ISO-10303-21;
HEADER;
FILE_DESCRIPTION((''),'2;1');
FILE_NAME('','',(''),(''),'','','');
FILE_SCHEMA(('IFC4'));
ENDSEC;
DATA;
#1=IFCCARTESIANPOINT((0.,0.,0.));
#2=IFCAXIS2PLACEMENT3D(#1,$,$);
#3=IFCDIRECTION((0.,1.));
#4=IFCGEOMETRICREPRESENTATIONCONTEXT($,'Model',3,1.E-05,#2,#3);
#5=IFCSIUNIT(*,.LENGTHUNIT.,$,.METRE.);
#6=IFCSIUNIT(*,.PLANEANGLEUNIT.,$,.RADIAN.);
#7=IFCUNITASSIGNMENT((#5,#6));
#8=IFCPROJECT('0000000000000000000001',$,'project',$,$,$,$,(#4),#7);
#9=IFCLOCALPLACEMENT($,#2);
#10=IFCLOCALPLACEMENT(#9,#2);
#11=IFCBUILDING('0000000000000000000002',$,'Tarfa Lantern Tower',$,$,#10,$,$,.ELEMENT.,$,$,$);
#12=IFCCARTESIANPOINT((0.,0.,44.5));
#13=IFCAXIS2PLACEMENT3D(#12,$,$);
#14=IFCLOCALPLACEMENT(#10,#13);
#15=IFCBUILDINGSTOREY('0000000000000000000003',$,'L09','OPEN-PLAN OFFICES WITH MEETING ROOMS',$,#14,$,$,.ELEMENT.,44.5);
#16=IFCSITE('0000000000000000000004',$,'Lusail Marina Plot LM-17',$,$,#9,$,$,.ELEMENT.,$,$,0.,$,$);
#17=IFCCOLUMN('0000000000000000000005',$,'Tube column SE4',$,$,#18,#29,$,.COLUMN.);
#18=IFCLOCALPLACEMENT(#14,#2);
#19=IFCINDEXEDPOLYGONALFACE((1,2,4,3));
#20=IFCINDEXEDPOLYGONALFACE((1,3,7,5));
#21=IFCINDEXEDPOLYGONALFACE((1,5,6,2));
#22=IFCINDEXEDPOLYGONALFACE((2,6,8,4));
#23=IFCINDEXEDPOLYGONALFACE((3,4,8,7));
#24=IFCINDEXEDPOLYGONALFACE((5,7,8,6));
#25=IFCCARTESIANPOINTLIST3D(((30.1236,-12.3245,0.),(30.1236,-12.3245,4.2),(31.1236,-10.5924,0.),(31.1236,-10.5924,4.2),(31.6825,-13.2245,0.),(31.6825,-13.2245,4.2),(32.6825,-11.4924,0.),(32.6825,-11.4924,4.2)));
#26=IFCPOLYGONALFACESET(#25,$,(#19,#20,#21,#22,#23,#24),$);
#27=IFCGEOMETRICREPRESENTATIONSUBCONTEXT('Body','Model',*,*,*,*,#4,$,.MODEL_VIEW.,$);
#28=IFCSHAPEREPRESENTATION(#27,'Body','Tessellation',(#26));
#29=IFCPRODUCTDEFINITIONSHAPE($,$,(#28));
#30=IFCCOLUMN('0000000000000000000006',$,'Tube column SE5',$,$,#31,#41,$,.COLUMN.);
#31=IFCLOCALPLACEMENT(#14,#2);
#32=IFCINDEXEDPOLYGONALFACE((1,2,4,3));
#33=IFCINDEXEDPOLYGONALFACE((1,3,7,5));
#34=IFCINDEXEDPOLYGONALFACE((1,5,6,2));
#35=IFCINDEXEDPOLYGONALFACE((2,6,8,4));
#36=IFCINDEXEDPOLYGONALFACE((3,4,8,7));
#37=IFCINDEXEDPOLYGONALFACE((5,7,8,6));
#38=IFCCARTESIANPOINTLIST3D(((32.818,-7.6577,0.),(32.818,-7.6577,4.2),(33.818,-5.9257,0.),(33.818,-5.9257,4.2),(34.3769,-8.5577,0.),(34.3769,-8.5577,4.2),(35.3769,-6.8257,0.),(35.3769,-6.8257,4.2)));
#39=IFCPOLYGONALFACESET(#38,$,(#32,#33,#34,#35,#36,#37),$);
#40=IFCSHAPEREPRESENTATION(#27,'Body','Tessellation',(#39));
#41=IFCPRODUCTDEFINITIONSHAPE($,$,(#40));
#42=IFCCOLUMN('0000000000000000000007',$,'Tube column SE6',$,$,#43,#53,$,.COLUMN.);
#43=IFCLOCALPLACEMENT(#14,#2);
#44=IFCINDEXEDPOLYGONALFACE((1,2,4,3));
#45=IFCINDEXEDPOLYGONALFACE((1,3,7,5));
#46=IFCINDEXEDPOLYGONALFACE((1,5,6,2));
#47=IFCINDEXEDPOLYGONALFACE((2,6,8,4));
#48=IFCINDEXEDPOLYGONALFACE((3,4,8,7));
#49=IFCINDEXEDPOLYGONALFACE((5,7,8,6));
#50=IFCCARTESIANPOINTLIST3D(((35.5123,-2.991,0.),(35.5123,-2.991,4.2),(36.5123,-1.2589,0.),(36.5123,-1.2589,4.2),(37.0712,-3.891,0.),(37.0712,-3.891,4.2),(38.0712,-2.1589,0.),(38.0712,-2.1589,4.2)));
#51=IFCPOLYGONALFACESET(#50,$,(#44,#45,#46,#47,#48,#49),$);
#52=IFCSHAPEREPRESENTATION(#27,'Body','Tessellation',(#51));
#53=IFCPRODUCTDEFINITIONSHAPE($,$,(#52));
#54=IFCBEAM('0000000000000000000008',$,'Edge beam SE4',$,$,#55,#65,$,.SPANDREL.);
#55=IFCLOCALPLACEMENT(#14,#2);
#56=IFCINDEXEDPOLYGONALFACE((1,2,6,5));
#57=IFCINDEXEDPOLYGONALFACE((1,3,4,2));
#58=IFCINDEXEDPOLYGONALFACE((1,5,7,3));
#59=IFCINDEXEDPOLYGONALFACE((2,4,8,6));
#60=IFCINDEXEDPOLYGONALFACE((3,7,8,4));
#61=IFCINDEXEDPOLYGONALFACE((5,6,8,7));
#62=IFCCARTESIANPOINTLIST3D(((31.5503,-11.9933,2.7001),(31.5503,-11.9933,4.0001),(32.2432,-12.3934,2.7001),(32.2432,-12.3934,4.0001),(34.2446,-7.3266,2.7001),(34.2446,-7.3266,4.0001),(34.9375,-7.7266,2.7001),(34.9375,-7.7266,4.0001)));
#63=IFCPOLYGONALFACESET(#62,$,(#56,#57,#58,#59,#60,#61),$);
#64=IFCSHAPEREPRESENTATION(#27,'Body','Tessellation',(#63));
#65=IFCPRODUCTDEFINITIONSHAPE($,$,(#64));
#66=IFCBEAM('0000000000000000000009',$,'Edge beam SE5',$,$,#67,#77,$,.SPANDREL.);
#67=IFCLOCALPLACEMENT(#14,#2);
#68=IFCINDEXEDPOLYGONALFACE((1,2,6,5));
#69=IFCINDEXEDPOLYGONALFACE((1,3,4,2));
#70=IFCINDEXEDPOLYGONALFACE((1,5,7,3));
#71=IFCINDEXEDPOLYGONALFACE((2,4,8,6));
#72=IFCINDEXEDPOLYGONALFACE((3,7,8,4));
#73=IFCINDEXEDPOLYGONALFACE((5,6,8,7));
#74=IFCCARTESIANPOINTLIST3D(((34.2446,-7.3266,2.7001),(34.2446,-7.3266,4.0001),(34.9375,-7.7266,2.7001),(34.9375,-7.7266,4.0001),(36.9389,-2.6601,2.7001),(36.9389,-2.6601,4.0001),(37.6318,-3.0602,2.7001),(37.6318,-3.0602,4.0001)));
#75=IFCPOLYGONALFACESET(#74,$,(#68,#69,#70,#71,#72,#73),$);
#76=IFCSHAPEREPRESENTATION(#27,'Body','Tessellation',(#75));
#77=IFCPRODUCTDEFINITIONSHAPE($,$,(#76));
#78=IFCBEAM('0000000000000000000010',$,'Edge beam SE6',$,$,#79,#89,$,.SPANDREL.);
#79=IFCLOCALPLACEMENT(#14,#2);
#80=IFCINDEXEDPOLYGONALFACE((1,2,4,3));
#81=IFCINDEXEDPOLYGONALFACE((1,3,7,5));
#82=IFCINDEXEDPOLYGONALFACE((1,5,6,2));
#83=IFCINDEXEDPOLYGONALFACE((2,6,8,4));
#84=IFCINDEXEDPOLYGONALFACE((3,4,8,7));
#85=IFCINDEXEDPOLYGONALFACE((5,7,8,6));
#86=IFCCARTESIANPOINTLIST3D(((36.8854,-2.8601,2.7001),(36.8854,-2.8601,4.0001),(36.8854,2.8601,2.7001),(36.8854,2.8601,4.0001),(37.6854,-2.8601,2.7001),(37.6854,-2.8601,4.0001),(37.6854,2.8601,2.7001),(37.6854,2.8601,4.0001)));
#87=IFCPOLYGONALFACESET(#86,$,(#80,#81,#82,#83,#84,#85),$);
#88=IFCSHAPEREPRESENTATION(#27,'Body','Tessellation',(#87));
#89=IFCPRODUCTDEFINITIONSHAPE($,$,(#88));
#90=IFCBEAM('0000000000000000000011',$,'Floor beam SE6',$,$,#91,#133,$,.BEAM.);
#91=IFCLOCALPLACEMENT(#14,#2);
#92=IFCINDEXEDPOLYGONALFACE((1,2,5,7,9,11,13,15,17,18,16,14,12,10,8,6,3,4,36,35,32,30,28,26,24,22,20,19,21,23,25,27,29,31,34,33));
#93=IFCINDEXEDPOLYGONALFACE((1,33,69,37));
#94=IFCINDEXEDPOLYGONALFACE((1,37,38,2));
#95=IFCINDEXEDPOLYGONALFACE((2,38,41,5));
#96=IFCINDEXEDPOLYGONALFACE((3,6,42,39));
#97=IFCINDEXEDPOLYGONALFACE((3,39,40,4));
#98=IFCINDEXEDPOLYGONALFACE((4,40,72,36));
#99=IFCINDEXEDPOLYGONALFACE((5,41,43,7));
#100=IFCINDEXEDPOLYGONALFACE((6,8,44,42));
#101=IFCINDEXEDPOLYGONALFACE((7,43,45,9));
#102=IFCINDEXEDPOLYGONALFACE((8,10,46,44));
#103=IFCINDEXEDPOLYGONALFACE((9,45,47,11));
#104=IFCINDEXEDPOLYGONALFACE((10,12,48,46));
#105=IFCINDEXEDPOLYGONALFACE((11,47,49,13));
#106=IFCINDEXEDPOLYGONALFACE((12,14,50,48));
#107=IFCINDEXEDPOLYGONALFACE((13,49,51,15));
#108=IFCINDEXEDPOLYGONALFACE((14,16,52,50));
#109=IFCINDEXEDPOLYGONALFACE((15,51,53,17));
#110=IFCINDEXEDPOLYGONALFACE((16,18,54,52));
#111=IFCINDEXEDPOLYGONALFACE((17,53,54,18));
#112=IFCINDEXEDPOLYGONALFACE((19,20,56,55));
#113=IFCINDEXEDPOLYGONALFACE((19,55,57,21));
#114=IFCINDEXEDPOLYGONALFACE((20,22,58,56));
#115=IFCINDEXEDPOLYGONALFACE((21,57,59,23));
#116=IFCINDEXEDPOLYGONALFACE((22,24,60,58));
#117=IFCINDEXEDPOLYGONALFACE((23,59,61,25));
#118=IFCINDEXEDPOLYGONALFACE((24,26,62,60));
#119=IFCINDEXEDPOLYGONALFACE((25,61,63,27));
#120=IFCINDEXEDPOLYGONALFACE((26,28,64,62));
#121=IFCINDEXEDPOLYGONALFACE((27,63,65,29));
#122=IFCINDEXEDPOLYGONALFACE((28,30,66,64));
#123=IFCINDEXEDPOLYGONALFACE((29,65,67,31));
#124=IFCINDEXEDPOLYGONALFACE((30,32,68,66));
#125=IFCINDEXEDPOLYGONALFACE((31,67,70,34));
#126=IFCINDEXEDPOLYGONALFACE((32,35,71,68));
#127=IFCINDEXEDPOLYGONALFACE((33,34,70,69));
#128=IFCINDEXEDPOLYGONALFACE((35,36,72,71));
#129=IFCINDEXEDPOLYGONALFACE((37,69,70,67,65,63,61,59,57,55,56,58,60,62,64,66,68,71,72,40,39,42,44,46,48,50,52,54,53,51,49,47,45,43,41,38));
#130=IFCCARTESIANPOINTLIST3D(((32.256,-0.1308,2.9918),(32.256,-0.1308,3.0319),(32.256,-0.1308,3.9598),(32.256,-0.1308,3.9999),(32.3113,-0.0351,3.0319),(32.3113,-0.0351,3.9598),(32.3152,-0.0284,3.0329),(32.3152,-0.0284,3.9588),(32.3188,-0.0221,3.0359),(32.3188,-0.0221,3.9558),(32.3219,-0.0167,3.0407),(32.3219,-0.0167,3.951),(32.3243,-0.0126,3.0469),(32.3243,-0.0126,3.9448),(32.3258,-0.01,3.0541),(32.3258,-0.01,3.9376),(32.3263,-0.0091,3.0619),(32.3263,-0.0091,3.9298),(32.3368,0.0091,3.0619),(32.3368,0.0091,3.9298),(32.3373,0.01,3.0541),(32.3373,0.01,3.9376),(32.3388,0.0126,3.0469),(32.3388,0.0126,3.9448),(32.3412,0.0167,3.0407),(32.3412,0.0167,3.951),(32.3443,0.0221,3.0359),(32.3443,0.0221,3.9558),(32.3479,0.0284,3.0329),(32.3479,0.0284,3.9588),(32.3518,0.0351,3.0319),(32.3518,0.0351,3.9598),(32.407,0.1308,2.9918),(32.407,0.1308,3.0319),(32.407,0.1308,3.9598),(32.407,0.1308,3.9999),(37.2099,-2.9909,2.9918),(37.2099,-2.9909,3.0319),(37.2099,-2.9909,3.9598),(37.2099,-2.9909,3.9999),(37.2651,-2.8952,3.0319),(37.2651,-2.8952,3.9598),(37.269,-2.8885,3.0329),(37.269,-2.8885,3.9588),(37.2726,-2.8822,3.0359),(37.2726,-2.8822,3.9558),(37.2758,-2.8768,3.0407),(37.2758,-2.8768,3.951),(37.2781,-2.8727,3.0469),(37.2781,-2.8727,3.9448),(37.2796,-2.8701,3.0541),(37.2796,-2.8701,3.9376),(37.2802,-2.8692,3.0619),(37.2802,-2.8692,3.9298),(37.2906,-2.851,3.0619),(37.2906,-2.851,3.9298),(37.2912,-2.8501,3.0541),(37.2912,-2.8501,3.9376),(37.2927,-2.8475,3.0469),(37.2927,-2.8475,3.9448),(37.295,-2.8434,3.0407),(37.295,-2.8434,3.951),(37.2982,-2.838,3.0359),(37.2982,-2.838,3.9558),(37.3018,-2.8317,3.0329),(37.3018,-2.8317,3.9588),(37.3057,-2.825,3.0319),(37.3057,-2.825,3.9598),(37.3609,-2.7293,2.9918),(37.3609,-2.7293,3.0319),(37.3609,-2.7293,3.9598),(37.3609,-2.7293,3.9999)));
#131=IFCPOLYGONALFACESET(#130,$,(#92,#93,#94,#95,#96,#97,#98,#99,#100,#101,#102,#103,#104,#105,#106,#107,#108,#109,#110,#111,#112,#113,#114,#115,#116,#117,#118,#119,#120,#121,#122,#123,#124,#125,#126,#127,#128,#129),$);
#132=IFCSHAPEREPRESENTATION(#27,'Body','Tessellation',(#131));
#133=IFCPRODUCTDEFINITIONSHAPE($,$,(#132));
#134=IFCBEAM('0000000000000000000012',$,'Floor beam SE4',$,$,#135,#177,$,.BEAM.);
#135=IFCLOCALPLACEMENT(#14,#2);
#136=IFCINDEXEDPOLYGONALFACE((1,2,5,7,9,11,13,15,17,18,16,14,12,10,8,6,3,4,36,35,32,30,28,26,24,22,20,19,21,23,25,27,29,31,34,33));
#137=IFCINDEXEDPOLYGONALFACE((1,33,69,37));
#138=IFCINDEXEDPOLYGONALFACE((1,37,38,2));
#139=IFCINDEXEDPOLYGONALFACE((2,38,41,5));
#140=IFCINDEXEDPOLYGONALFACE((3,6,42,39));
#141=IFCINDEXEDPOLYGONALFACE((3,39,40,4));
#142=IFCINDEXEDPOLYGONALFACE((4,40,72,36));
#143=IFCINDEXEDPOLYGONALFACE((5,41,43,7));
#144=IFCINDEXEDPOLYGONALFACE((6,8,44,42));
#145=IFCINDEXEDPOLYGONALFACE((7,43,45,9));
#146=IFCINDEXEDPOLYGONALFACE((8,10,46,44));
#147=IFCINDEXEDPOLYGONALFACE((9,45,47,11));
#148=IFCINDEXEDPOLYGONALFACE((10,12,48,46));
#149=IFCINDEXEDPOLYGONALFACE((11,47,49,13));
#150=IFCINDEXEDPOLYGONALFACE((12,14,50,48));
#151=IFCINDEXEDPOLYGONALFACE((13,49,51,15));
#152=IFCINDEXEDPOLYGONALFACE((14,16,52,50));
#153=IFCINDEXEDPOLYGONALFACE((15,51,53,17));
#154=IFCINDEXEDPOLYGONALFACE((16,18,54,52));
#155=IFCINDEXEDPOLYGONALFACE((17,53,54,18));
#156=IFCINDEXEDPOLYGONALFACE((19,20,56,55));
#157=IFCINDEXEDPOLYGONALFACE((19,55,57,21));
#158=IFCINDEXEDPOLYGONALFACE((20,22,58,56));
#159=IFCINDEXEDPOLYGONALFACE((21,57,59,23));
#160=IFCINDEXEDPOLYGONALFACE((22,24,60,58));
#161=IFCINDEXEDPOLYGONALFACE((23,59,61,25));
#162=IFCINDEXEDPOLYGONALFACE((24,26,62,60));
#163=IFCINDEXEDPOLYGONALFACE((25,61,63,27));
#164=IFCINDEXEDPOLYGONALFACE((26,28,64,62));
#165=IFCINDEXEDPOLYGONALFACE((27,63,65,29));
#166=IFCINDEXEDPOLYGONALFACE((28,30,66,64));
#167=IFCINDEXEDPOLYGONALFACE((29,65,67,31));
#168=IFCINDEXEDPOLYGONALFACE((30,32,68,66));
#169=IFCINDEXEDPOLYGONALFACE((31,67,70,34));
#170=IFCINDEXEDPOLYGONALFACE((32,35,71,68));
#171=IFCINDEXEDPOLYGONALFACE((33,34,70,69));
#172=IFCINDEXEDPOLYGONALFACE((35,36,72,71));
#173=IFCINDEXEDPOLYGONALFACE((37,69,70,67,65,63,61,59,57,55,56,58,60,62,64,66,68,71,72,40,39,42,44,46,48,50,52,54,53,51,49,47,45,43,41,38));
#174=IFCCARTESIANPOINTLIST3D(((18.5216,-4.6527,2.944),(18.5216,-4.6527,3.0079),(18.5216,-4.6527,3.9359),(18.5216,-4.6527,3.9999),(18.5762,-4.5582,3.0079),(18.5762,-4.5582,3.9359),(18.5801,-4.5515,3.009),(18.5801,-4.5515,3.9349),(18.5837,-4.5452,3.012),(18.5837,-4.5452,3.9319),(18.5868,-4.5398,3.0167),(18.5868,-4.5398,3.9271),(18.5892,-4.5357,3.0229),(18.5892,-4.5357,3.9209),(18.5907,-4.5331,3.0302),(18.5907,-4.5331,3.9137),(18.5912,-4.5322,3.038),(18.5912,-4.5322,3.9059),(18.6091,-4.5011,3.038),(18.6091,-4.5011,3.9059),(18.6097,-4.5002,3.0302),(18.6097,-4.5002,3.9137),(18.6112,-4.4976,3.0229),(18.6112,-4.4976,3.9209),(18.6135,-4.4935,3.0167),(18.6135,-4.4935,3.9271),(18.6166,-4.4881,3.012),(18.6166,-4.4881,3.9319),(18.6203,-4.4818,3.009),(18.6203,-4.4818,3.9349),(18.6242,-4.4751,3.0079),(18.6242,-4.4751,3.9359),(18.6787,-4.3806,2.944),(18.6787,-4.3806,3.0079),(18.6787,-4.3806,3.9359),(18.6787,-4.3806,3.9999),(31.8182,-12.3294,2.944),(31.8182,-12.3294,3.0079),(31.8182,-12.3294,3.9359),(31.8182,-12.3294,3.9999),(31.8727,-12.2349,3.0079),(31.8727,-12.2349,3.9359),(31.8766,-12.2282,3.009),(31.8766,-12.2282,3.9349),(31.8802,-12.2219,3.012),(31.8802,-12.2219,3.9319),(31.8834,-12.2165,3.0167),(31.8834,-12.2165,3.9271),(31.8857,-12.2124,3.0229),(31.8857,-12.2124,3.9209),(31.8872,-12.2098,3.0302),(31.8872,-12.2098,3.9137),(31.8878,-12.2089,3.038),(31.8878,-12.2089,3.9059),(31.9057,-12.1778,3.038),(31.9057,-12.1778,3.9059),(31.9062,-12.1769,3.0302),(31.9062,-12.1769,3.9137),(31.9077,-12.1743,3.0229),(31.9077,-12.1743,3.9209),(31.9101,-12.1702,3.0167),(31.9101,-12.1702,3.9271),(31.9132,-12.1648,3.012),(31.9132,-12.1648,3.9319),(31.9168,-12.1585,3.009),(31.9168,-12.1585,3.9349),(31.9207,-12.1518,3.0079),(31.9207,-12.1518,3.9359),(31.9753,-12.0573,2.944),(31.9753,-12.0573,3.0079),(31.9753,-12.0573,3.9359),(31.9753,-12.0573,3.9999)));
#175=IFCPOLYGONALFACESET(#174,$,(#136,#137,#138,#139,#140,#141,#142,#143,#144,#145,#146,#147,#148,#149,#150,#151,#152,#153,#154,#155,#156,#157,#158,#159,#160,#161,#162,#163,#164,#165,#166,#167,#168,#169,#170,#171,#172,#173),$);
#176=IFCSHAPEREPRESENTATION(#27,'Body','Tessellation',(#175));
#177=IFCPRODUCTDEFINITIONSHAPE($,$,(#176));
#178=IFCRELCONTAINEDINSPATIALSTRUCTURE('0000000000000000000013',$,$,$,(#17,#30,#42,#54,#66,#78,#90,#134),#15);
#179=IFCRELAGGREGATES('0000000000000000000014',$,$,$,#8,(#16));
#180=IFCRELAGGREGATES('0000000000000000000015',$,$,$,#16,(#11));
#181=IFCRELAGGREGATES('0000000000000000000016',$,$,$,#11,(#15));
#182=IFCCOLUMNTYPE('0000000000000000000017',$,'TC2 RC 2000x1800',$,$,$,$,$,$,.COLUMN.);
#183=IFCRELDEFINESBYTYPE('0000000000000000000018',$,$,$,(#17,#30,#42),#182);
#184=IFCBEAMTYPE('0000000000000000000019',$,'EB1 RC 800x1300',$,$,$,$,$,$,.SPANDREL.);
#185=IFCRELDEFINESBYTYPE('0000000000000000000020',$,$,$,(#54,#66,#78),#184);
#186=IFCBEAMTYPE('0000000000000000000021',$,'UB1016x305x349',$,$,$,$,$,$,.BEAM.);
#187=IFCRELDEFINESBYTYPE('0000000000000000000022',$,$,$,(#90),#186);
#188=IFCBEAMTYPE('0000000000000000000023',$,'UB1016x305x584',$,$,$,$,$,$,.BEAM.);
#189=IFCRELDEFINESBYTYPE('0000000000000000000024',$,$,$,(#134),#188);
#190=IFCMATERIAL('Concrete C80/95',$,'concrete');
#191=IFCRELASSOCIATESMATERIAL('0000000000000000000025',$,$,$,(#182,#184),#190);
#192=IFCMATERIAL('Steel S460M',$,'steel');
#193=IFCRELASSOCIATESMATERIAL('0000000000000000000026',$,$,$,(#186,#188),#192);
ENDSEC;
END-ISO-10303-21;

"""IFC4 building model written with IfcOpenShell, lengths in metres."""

from ifc_helpers import new_model, si_unit, direction, frame, origin, origin_2d, place, context, subcontext, project, spatial, rectangle, i_section, extrude, material, material_profile, profile_set, type_object, element, save


model = new_model("IFC4")

# Units and contexts
model_context = context("Model", 3, precision=1e-05, world=origin(), true_north=direction((0.0, 1.0)))
body_context = subcontext(model_context, "Body", "Model", "MODEL_VIEW")
ifc_project = project(units=[si_unit("LENGTHUNIT", "METRE"), si_unit("PLANEANGLEUNIT", "RADIAN")], contexts=[model_context])

# Site, building, storey
site_placement = place(None, origin())
site = spatial("IfcSite", under=ifc_project, at=site_placement, Name="Lusail Marina Plot LM-17", CompositionType="ELEMENT", RefElevation=0.0)
building_placement = place(site_placement, origin())
building = spatial("IfcBuilding", under=site, at=building_placement, Name="Tarfa Lantern Tower", CompositionType="ELEMENT")
storey_placement = place(building_placement, frame((0.0, 0.0, 44.5)))
storey = spatial("IfcBuildingStorey", under=building, at=storey_placement, Name="L09", Description="OPEN-PLAN OFFICES WITH MEETING ROOMS", CompositionType="ELEMENT", Elevation=44.5)

# Columns
ifc_material_1 = material(Name="Concrete C80/95", Category="concrete")
ifc_material_profile_1 = material_profile(ifc_material_1, rectangle(XDim=2.0, YDim=1.8, at=origin_2d()), Name="RC 2000x1800")
ifc_profile_set_1 = profile_set([ifc_material_profile_1], Name="Concrete C80/95")
column_type = type_object("IfcColumnType", Name="TC2 RC 2000x1800", PredefinedType="COLUMN", material=ifc_profile_set_1)
for number, where, z_axis, x_axis, name in (
    (1, (31.4031, -11.9084, 0.0), (0.0, 0.0, 1.0), (0.5, 0.866025, 0.0), "Tube column SE4"),
    (2, (34.0974, -7.2417, 0.0), (0.0, 0.0, 1.0), (0.5, 0.866025, 0.0), "Tube column SE5"),
    (3, (36.7917, -2.575, 0.0), (0.0, 0.0, 1.0), (0.5, 0.866025, 0.0), "Tube column SE6"),
):
    element("IfcColumn", number, at=place(storey_placement, frame(where, z_axis=z_axis, x_axis=x_axis)), inside=storey, type_object=column_type, Name=name, PredefinedType="COLUMN", context=body_context, shape_type="SweptSolid", body=[
        extrude(rectangle(XDim=2.0, YDim=1.8, at=origin_2d()), origin(), (0.0, 0.0, 1.0), 4.2),
    ])

# Beams
ifc_material_profile_2 = material_profile(ifc_material_1, rectangle(XDim=0.8, YDim=1.3, at=origin_2d()), Name="RC 800x1300")
ifc_profile_set_2 = profile_set([ifc_material_profile_2], Name="Concrete C80/95")
beam_type_1 = type_object("IfcBeamType", Name="EB1 RC 800x1300", PredefinedType="SPANDREL", material=ifc_profile_set_2)
beam_1_placement = place(storey_placement, frame((31.8967, -12.1934, 3.3501), z_axis=(0.499998, 0.866026, 0.0), x_axis=(-0.866026, 0.499998, 0.0)))
element("IfcBeam", 4, at=beam_1_placement, inside=storey, type_object=beam_type_1, Name="Edge beam SE4", PredefinedType="SPANDREL", context=body_context, shape_type="SweptSolid", body=[
    extrude(rectangle(XDim=0.8, YDim=1.3, at=origin_2d()), origin(), (0.0, 0.0, 1.0), 5.3887),
])
beam_2_placement = place(storey_placement, frame((34.5911, -7.5266, 3.3501), z_axis=(0.500018, 0.866015, 0.0), x_axis=(-0.866015, 0.500018, 0.0)))
element("IfcBeam", 5, at=beam_2_placement, inside=storey, type_object=beam_type_1, Name="Edge beam SE5", PredefinedType="SPANDREL", context=body_context, shape_type="SweptSolid", body=[
    extrude(rectangle(XDim=0.8, YDim=1.3, at=origin_2d()), origin(), (0.0, 0.0, 1.0), 5.3884),
])
beam_3_placement = place(storey_placement, frame((37.2854, -2.8601, 3.3501), z_axis=(0.0, 1.0, 0.0), x_axis=(-1.0, 0.0, 0.0)))
element("IfcBeam", 6, at=beam_3_placement, inside=storey, type_object=beam_type_1, Name="Edge beam SE6", PredefinedType="SPANDREL", context=body_context, shape_type="SweptSolid", body=[
    extrude(rectangle(XDim=0.8, YDim=1.3, at=origin_2d()), origin(), (0.0, 0.0, 1.0), 5.7202),
])
ifc_material_2 = material(Name="Steel S460M", Category="steel")
ifc_material_profile_3 = material_profile(ifc_material_2, i_section(OverallWidth=0.302, OverallDepth=1.0081, WebThickness=0.021, FlangeThickness=0.04, FilletRadius=0.03, at=origin_2d()), Name="UB1016x305x349")
ifc_profile_set_3 = profile_set([ifc_material_profile_3], Name="Steel S460M")
beam_type_2 = type_object("IfcBeamType", Name="UB1016x305x349", PredefinedType="BEAM", material=ifc_profile_set_3)
beam_4_placement = place(storey_placement, frame((37.2854, -2.8601, 3.4958), z_axis=(-0.866026, 0.5, 0.0), x_axis=(-0.5, -0.866026, 0.0)))
element("IfcBeam", 7, at=beam_4_placement, inside=storey, type_object=beam_type_2, Name="Floor beam SE6", PredefinedType="BEAM", context=body_context, shape_type="SweptSolid", body=[
    extrude(i_section(OverallWidth=0.302, OverallDepth=1.0081, WebThickness=0.021, FlangeThickness=0.04, FilletRadius=0.03, at=origin_2d()), origin(), (0.0, 0.0, 1.0), 5.7202),
])
ifc_material_profile_4 = material_profile(ifc_material_2, i_section(OverallWidth=0.3142, OverallDepth=1.0559, WebThickness=0.0359, FlangeThickness=0.064, FilletRadius=0.03, at=origin_2d()), Name="UB1016x305x584")
ifc_profile_set_4 = profile_set([ifc_material_profile_4], Name="Steel S460M")
beam_type_3 = type_object("IfcBeamType", Name="UB1016x305x584", PredefinedType="BEAM", material=ifc_profile_set_4)
beam_5_placement = place(storey_placement, frame((31.8967, -12.1934, 3.4719), z_axis=(-0.866027, 0.499997, 0.0), x_axis=(-0.499997, -0.866027, 0.0)))
element("IfcBeam", 8, at=beam_5_placement, inside=storey, type_object=beam_type_3, Name="Floor beam SE4", PredefinedType="BEAM", context=body_context, shape_type="SweptSolid", body=[
    extrude(i_section(OverallWidth=0.3142, OverallDepth=1.0559, WebThickness=0.0359, FlangeThickness=0.064, FilletRadius=0.03, at=origin_2d()), origin(), (0.0, 0.0, 1.0), 15.3535),
])

save(model, "model.ifc")
